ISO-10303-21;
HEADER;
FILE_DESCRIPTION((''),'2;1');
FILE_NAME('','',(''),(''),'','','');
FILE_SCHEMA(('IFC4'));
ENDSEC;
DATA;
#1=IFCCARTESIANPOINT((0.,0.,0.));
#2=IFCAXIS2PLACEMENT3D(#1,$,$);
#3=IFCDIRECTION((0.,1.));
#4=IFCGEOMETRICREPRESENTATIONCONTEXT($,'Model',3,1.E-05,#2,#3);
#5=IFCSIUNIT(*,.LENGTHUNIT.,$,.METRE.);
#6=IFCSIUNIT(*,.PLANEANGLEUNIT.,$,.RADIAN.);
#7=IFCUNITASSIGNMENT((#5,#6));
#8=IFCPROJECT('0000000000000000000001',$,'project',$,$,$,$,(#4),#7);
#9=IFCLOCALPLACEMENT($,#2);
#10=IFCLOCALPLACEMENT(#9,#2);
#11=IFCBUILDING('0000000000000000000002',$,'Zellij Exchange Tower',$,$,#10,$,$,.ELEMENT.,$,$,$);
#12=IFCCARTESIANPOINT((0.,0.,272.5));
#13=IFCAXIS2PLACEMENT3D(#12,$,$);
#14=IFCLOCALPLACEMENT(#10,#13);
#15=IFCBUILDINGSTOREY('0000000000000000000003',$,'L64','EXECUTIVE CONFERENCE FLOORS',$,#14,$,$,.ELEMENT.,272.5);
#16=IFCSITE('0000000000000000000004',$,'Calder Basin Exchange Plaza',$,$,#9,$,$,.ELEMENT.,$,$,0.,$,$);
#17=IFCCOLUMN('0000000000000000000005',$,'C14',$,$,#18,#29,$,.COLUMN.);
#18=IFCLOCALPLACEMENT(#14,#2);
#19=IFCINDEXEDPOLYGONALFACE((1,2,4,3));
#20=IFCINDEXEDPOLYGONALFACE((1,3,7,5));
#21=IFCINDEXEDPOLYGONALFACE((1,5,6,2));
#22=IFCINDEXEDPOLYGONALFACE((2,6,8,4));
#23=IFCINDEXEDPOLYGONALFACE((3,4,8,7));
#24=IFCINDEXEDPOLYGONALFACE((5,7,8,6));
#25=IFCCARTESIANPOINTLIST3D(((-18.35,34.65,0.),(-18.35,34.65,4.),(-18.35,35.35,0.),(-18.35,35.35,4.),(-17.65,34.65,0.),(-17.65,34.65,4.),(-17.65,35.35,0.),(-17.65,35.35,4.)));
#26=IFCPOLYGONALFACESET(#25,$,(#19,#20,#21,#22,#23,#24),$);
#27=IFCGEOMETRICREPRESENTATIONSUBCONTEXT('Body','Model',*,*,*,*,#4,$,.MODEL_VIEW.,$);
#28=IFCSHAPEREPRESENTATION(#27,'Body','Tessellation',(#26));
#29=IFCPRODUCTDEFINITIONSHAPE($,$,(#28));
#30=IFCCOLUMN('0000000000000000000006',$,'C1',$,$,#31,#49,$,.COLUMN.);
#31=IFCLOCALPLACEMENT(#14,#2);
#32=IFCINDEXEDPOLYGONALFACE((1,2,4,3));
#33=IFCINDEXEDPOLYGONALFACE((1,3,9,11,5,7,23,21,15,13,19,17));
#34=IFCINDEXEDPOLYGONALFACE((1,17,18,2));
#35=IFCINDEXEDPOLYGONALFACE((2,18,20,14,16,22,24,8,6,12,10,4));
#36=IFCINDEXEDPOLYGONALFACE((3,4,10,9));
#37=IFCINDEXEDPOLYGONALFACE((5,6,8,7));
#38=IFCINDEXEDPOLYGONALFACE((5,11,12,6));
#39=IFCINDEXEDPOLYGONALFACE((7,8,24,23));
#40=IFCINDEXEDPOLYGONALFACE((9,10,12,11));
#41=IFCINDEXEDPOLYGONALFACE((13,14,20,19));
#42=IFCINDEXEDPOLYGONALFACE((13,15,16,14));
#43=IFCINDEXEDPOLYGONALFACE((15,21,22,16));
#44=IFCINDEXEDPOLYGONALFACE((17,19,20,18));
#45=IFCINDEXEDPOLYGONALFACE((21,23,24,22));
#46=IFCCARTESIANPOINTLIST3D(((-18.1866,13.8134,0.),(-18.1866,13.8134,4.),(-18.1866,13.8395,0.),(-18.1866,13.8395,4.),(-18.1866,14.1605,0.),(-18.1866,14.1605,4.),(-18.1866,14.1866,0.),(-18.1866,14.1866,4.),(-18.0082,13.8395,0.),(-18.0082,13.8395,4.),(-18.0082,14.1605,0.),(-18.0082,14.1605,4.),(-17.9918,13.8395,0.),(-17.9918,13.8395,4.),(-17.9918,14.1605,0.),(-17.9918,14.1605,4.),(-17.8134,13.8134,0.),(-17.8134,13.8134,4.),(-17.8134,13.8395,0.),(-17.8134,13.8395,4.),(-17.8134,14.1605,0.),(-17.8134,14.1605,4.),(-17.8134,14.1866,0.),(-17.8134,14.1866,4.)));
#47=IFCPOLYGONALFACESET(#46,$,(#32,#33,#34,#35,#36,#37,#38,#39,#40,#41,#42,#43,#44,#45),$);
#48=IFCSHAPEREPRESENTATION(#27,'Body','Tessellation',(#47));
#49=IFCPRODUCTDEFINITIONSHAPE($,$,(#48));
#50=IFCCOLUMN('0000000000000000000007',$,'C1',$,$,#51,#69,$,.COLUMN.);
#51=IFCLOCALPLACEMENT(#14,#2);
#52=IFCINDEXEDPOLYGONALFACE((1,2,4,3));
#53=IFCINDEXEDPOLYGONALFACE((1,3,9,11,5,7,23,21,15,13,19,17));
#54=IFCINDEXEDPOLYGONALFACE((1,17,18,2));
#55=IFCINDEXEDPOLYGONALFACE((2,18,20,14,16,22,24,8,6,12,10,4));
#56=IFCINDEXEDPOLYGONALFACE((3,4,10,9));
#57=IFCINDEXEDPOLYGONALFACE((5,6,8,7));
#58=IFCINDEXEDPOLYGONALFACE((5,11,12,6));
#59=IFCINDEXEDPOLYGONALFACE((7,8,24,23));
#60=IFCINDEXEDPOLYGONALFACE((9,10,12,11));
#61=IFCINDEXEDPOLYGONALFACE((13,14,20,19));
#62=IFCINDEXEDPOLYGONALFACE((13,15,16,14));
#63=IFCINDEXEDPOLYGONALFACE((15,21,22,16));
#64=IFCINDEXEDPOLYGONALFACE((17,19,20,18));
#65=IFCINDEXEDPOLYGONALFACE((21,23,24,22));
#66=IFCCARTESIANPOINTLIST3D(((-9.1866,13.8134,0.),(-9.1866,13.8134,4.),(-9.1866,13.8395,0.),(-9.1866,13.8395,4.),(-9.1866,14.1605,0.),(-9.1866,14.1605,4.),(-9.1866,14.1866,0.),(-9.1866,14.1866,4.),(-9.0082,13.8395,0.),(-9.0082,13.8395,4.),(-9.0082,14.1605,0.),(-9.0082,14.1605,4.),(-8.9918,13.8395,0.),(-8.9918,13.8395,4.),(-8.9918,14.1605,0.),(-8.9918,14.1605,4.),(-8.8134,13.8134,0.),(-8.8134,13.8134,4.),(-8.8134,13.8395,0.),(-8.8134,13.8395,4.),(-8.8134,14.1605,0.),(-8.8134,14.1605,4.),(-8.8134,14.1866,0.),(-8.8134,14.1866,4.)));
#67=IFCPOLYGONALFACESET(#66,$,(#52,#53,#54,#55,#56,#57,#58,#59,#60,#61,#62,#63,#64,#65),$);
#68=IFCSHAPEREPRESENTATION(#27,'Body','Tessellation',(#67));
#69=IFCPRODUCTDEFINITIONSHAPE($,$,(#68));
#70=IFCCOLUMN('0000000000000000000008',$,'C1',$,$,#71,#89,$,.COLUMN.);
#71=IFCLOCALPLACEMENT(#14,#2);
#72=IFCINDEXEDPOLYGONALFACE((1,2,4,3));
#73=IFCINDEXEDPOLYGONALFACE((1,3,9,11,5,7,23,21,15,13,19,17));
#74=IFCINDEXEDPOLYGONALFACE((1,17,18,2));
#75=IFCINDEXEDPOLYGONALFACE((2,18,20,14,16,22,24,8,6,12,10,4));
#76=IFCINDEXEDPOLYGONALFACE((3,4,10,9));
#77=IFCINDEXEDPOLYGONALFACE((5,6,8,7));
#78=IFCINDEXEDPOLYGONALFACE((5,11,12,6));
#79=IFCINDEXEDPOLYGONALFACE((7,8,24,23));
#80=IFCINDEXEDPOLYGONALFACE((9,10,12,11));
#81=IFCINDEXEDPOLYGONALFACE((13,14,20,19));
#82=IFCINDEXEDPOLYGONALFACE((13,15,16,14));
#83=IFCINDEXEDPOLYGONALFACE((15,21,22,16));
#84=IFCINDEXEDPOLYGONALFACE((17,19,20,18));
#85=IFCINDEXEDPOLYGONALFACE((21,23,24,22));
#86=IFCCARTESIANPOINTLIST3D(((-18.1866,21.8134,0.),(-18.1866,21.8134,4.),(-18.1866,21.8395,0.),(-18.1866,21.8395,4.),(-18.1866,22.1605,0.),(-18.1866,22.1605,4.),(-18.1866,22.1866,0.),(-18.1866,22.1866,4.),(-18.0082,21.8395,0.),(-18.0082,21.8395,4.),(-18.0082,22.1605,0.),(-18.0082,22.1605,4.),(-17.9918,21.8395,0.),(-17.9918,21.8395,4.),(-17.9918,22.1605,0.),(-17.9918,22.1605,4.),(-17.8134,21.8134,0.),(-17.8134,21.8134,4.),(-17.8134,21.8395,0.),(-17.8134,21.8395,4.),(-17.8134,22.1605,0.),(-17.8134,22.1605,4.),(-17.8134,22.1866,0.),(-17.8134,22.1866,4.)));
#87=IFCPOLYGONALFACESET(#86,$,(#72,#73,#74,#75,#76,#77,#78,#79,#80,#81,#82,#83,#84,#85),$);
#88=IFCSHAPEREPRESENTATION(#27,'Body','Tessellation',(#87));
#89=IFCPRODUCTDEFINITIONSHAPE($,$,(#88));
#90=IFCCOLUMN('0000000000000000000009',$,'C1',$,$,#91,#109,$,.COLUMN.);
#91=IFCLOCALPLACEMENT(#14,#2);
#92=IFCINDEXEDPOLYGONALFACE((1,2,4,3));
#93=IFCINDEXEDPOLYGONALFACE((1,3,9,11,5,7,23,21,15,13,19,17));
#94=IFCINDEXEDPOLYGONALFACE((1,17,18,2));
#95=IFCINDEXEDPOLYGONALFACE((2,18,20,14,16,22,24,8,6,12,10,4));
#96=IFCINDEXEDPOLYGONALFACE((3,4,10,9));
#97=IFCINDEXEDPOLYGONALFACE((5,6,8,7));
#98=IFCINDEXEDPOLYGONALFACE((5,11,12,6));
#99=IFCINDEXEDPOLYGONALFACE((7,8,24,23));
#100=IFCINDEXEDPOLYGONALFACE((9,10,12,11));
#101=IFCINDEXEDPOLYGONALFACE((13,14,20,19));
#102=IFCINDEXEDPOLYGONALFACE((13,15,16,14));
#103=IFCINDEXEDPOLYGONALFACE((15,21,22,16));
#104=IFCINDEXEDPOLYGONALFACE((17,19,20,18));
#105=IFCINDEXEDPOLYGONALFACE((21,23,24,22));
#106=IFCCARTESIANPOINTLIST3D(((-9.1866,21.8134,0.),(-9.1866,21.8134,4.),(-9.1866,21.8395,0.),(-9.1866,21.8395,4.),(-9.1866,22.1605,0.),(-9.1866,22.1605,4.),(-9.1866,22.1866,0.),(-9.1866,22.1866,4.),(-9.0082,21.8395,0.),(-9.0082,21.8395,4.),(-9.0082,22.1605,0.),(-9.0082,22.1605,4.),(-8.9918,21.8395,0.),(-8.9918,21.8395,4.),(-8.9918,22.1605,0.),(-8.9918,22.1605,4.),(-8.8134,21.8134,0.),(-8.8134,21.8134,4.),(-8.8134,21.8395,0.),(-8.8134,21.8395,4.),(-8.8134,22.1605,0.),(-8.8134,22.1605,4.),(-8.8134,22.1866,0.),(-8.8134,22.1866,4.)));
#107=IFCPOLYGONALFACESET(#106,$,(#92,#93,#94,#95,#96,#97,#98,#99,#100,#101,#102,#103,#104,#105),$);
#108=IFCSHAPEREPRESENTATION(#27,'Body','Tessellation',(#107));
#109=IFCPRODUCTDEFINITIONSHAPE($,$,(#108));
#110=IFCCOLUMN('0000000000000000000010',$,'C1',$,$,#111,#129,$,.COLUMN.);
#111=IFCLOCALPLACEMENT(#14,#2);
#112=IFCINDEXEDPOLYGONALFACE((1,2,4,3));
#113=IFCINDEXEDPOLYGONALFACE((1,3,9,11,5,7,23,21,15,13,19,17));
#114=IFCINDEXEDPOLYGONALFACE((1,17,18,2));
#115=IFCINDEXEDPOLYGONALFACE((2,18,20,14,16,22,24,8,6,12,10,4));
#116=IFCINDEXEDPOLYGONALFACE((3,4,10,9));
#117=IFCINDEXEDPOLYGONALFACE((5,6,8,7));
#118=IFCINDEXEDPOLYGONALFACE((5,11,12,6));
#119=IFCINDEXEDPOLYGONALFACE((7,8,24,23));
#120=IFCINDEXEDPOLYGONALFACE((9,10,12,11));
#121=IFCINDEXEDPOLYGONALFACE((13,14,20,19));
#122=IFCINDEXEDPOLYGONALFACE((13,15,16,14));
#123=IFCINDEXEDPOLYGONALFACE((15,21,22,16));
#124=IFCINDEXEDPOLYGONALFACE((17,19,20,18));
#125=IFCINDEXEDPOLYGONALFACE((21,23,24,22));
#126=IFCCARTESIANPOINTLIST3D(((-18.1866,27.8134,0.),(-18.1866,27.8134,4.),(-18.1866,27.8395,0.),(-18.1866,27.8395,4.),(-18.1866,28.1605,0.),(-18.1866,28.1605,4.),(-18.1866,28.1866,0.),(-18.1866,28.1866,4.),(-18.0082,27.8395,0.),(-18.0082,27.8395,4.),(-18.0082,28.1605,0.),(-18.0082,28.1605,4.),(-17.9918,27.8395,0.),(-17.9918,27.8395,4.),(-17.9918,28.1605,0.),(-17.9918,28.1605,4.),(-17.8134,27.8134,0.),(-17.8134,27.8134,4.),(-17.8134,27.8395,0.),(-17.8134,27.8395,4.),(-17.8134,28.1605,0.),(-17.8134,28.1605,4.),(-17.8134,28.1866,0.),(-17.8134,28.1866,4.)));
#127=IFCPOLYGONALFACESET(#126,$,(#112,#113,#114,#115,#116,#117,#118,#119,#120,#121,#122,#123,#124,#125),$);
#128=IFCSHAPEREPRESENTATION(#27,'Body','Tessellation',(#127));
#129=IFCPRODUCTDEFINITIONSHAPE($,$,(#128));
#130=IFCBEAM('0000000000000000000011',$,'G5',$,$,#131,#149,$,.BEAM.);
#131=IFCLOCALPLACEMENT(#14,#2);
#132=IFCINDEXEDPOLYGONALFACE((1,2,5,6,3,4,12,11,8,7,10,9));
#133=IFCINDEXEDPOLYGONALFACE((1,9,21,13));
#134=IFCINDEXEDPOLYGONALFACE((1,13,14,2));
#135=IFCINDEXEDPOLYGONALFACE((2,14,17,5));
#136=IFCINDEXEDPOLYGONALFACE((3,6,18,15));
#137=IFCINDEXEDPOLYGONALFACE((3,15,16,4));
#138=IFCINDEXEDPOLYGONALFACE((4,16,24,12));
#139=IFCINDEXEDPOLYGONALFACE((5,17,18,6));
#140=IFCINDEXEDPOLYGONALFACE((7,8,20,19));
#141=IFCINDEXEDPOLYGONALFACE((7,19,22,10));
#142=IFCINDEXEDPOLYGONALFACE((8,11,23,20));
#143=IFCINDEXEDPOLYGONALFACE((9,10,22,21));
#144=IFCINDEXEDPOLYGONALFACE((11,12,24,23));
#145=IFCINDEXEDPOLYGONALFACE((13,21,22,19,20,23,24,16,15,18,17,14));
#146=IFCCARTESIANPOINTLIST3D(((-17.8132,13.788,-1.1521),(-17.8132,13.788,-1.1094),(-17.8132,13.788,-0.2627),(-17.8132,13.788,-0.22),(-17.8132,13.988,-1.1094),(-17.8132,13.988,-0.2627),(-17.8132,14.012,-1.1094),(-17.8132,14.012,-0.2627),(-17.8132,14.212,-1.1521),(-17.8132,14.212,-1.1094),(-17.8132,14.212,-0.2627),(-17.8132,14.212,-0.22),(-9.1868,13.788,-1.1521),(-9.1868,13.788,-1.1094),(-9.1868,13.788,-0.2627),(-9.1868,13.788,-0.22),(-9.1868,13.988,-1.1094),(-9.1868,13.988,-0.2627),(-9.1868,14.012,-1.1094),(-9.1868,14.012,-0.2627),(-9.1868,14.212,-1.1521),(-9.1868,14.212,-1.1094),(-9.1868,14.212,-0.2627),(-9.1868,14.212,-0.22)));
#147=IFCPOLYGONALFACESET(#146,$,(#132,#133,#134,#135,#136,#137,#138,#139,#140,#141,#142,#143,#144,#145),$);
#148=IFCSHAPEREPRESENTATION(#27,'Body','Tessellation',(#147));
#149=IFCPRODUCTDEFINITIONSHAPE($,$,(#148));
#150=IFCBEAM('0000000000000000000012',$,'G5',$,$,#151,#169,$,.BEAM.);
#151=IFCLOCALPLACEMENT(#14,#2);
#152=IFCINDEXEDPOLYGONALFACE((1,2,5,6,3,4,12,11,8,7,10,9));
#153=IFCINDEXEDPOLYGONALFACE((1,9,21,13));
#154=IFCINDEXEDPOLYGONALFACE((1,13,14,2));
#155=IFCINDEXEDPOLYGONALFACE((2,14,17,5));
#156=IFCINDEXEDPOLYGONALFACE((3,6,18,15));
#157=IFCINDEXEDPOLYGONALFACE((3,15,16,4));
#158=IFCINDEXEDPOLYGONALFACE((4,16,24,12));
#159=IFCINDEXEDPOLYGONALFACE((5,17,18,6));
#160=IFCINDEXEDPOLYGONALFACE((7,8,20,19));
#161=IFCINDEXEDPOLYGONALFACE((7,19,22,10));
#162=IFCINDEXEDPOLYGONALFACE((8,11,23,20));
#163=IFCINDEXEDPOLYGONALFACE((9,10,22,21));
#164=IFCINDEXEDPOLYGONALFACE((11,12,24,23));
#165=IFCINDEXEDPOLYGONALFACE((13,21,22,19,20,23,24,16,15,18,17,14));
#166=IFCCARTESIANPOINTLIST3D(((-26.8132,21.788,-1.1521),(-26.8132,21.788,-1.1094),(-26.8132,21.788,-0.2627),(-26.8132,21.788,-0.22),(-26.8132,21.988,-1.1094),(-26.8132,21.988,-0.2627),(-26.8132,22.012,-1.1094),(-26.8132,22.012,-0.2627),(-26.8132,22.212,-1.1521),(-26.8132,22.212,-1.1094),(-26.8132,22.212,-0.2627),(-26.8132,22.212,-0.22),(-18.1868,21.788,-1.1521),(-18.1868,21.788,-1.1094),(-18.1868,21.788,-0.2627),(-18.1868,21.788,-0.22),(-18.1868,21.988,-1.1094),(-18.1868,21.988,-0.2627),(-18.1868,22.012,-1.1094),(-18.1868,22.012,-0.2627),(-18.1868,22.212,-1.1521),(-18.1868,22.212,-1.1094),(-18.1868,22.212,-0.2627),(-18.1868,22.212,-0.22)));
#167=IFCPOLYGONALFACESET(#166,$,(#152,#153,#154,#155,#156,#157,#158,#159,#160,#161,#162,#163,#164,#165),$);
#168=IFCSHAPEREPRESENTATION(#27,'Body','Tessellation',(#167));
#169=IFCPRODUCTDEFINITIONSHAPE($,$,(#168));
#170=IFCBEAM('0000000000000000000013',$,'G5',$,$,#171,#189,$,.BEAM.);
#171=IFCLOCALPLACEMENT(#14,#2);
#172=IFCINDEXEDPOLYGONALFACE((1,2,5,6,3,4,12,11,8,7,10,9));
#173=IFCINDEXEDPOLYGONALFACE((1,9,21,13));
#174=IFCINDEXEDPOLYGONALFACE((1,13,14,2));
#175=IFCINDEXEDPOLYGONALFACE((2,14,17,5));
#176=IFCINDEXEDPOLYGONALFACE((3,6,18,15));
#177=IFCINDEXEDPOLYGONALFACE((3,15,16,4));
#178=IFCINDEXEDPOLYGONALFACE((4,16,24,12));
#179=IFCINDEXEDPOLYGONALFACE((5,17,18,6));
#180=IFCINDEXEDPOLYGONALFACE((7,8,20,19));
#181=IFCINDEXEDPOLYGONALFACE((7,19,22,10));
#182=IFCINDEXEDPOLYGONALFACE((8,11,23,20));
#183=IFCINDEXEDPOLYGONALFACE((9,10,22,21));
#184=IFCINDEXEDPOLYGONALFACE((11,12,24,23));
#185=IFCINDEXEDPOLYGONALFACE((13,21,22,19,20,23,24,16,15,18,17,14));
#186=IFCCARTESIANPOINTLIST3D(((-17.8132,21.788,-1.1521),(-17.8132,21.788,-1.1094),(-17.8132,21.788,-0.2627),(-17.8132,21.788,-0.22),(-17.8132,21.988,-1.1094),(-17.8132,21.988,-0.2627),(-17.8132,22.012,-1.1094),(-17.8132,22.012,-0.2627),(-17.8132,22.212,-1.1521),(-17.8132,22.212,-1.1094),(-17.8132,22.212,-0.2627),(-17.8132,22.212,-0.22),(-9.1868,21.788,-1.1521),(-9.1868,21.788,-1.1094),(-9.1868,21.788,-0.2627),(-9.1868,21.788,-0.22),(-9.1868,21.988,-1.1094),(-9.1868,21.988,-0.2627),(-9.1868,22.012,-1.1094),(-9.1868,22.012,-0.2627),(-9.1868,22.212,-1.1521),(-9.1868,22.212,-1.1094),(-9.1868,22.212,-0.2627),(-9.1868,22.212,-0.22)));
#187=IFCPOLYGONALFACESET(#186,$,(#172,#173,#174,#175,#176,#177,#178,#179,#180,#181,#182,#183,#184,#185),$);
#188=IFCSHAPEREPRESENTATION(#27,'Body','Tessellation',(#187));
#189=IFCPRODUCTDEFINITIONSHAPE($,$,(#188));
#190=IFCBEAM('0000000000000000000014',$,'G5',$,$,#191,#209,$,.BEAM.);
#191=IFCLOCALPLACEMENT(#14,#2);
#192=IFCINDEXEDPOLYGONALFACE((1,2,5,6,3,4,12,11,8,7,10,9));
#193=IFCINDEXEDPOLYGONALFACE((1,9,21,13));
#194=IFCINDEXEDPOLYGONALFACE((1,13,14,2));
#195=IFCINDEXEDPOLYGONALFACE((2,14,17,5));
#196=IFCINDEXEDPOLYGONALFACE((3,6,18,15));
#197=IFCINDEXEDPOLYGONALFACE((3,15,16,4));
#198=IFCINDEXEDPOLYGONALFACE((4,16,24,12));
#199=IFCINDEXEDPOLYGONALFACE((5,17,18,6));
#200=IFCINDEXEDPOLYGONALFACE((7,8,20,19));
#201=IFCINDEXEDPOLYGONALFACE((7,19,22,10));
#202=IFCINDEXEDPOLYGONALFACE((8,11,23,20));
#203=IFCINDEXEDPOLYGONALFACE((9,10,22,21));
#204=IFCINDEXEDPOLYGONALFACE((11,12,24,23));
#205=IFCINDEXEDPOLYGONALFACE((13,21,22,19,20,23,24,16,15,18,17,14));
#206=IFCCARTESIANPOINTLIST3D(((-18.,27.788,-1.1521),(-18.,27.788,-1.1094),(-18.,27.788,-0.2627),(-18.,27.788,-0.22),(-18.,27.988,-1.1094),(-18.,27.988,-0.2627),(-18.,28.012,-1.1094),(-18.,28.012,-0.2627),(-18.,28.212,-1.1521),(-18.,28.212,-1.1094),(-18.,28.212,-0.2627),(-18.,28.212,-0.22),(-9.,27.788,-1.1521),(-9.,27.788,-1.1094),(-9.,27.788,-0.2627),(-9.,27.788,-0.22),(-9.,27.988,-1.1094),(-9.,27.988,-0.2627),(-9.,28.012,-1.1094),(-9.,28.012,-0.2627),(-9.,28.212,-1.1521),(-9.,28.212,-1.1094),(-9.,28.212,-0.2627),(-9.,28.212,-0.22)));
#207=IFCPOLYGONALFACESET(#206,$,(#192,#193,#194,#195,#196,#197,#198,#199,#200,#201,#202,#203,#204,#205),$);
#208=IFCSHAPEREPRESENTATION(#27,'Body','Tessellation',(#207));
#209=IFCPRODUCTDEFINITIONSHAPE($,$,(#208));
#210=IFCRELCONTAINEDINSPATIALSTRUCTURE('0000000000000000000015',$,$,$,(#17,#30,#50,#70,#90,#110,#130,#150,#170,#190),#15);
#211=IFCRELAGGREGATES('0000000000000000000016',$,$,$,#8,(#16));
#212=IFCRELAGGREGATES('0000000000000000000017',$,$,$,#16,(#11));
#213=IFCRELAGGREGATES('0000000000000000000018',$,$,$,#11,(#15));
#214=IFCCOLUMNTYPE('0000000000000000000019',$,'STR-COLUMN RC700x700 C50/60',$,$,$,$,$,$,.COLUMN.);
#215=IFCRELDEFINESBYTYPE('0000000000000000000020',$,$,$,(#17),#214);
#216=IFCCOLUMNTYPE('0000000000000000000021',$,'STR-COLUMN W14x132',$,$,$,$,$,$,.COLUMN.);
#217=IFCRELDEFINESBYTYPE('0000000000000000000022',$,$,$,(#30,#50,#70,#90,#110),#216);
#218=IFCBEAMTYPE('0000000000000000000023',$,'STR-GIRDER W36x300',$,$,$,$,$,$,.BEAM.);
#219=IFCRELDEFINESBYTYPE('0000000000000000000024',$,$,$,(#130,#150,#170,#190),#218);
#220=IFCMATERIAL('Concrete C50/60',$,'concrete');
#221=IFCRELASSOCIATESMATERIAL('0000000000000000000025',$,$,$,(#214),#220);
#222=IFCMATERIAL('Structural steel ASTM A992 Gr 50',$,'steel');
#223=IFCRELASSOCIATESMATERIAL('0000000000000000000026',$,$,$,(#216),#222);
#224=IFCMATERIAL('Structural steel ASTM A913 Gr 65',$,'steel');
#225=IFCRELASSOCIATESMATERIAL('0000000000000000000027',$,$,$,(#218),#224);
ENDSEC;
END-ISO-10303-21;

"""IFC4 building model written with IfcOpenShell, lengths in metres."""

from ifc_helpers import new_model, si_unit, direction, frame, origin, origin_2d, place, context, subcontext, project, spatial, rectangle, i_section, extrude, material, material_profile, profile_set, type_object, element, save


model = new_model("IFC4")

# Units and contexts
model_context = context("Model", 3, precision=1e-05, world=origin(), true_north=direction((0.0, 1.0)))
body_context = subcontext(model_context, "Body", "Model", "MODEL_VIEW")
ifc_project = project(units=[si_unit("LENGTHUNIT", "METRE"), si_unit("PLANEANGLEUNIT", "RADIAN")], contexts=[model_context])

# Site, building, storey
site_placement = place(None, origin())
site = spatial("IfcSite", under=ifc_project, at=site_placement, Name="Calder Basin Exchange Plaza", CompositionType="ELEMENT", RefElevation=0.0)
building_placement = place(site_placement, origin())
building = spatial("IfcBuilding", under=site, at=building_placement, Name="Zellij Exchange Tower", CompositionType="ELEMENT")
storey_placement = place(building_placement, frame((0.0, 0.0, 272.5)))
storey = spatial("IfcBuildingStorey", under=building, at=storey_placement, Name="L64", Description="EXECUTIVE CONFERENCE FLOORS", CompositionType="ELEMENT", Elevation=272.5)

# Columns
ifc_material_1 = material(Name="Concrete C50/60", Category="concrete")
ifc_material_profile_1 = material_profile(ifc_material_1, rectangle(XDim=0.7, YDim=0.7, at=origin_2d()), Name="STR-COLUMN RC700x700 C50/60")
ifc_profile_set_1 = profile_set([ifc_material_profile_1], Name="Concrete C50/60")
column_type_1 = type_object("IfcColumnType", Name="STR-COLUMN RC700x700 C50/60", PredefinedType="COLUMN", material=ifc_profile_set_1)
column_placement = place(storey_placement, frame((-18.0, 35.0, 0.0), z_axis=(0.0, 0.0, 1.0), x_axis=(1.0, 0.0, 0.0)))
element("IfcColumn", 1, at=column_placement, inside=storey, type_object=column_type_1, Name="C14", PredefinedType="COLUMN", context=body_context, shape_type="SweptSolid", body=[
    extrude(rectangle(XDim=0.7, YDim=0.7, at=origin_2d()), origin(), (0.0, 0.0, 1.0), 4.0),
])
ifc_material_2 = material(Name="Structural steel ASTM A992 Gr 50", Category="steel")
ifc_material_profile_2 = material_profile(ifc_material_2, i_section(OverallWidth=0.3733, OverallDepth=0.3733, WebThickness=0.0164, FlangeThickness=0.0261, at=origin_2d()), Name="W14x132")
ifc_profile_set_2 = profile_set([ifc_material_profile_2], Name="Structural steel ASTM A992 Gr 50")
column_type_2 = type_object("IfcColumnType", Name="STR-COLUMN W14x132", PredefinedType="COLUMN", material=ifc_profile_set_2)
for number, where, z_axis, x_axis, name in (
    (2, (-18.0, 14.0, 0.0), (0.0, 0.0, 1.0), (1.0, 0.0, 0.0), "C1"),
    (3, (-9.0, 14.0, 0.0), (0.0, 0.0, 1.0), (1.0, 0.0, 0.0), "C1"),
    (4, (-18.0, 22.0, 0.0), (0.0, 0.0, 1.0), (1.0, 0.0, 0.0), "C1"),
    (5, (-9.0, 22.0, 0.0), (0.0, 0.0, 1.0), (1.0, 0.0, 0.0), "C1"),
    (6, (-18.0, 28.0, 0.0), (0.0, 0.0, 1.0), (1.0, 0.0, 0.0), "C1"),
):
    element("IfcColumn", number, at=place(storey_placement, frame(where, z_axis=z_axis, x_axis=x_axis)), inside=storey, type_object=column_type_2, Name=name, PredefinedType="COLUMN", context=body_context, shape_type="SweptSolid", body=[
        extrude(i_section(OverallWidth=0.3733, OverallDepth=0.3733, WebThickness=0.0164, FlangeThickness=0.0261, at=origin_2d()), origin(), (0.0, 0.0, 1.0), 4.0),
    ])

# Beams
ifc_material_3 = material(Name="Structural steel ASTM A913 Gr 65", Category="steel")
ifc_material_profile_3 = material_profile(ifc_material_3, i_section(OverallWidth=0.4241, OverallDepth=0.9321, WebThickness=0.0239, FlangeThickness=0.0427, at=origin_2d()), Name="W36x300")
ifc_profile_set_3 = profile_set([ifc_material_profile_3], Name="Structural steel ASTM A913 Gr 65")
beam_type = type_object("IfcBeamType", Name="STR-GIRDER W36x300", PredefinedType="BEAM", material=ifc_profile_set_3)
for number, where, z_axis, x_axis, name in (
    (7, (-17.8132, 14.0, -0.686), (1.0, 0.0, 0.0), (0.0, 1.0, 0.0), "G5"),
    (8, (-26.8132, 22.0, -0.686), (1.0, 0.0, 0.0), (0.0, 1.0, 0.0), "G5"),
    (9, (-17.8132, 22.0, -0.686), (1.0, 0.0, 0.0), (0.0, 1.0, 0.0), "G5"),
):
    element("IfcBeam", number, at=place(storey_placement, frame(where, z_axis=z_axis, x_axis=x_axis)), inside=storey, type_object=beam_type, Name=name, PredefinedType="BEAM", context=body_context, shape_type="SweptSolid", body=[
        extrude(i_section(OverallWidth=0.4241, OverallDepth=0.9321, WebThickness=0.0239, FlangeThickness=0.0427, at=origin_2d()), origin(), (0.0, 0.0, 1.0), 8.6265),
    ])
for number, where, z_axis, x_axis, name in (
    (10, (-18.0, 28.0, -0.686), (1.0, 0.0, 0.0), (0.0, 1.0, 0.0), "G5"),
):
    element("IfcBeam", number, at=place(storey_placement, frame(where, z_axis=z_axis, x_axis=x_axis)), inside=storey, type_object=beam_type, Name=name, PredefinedType="BEAM", context=body_context, shape_type="SweptSolid", body=[
        extrude(i_section(OverallWidth=0.4241, OverallDepth=0.9321, WebThickness=0.0239, FlangeThickness=0.0427, at=origin_2d()), origin(), (0.0, 0.0, 1.0), 9.0),
    ])

save(model, "model.ifc")
